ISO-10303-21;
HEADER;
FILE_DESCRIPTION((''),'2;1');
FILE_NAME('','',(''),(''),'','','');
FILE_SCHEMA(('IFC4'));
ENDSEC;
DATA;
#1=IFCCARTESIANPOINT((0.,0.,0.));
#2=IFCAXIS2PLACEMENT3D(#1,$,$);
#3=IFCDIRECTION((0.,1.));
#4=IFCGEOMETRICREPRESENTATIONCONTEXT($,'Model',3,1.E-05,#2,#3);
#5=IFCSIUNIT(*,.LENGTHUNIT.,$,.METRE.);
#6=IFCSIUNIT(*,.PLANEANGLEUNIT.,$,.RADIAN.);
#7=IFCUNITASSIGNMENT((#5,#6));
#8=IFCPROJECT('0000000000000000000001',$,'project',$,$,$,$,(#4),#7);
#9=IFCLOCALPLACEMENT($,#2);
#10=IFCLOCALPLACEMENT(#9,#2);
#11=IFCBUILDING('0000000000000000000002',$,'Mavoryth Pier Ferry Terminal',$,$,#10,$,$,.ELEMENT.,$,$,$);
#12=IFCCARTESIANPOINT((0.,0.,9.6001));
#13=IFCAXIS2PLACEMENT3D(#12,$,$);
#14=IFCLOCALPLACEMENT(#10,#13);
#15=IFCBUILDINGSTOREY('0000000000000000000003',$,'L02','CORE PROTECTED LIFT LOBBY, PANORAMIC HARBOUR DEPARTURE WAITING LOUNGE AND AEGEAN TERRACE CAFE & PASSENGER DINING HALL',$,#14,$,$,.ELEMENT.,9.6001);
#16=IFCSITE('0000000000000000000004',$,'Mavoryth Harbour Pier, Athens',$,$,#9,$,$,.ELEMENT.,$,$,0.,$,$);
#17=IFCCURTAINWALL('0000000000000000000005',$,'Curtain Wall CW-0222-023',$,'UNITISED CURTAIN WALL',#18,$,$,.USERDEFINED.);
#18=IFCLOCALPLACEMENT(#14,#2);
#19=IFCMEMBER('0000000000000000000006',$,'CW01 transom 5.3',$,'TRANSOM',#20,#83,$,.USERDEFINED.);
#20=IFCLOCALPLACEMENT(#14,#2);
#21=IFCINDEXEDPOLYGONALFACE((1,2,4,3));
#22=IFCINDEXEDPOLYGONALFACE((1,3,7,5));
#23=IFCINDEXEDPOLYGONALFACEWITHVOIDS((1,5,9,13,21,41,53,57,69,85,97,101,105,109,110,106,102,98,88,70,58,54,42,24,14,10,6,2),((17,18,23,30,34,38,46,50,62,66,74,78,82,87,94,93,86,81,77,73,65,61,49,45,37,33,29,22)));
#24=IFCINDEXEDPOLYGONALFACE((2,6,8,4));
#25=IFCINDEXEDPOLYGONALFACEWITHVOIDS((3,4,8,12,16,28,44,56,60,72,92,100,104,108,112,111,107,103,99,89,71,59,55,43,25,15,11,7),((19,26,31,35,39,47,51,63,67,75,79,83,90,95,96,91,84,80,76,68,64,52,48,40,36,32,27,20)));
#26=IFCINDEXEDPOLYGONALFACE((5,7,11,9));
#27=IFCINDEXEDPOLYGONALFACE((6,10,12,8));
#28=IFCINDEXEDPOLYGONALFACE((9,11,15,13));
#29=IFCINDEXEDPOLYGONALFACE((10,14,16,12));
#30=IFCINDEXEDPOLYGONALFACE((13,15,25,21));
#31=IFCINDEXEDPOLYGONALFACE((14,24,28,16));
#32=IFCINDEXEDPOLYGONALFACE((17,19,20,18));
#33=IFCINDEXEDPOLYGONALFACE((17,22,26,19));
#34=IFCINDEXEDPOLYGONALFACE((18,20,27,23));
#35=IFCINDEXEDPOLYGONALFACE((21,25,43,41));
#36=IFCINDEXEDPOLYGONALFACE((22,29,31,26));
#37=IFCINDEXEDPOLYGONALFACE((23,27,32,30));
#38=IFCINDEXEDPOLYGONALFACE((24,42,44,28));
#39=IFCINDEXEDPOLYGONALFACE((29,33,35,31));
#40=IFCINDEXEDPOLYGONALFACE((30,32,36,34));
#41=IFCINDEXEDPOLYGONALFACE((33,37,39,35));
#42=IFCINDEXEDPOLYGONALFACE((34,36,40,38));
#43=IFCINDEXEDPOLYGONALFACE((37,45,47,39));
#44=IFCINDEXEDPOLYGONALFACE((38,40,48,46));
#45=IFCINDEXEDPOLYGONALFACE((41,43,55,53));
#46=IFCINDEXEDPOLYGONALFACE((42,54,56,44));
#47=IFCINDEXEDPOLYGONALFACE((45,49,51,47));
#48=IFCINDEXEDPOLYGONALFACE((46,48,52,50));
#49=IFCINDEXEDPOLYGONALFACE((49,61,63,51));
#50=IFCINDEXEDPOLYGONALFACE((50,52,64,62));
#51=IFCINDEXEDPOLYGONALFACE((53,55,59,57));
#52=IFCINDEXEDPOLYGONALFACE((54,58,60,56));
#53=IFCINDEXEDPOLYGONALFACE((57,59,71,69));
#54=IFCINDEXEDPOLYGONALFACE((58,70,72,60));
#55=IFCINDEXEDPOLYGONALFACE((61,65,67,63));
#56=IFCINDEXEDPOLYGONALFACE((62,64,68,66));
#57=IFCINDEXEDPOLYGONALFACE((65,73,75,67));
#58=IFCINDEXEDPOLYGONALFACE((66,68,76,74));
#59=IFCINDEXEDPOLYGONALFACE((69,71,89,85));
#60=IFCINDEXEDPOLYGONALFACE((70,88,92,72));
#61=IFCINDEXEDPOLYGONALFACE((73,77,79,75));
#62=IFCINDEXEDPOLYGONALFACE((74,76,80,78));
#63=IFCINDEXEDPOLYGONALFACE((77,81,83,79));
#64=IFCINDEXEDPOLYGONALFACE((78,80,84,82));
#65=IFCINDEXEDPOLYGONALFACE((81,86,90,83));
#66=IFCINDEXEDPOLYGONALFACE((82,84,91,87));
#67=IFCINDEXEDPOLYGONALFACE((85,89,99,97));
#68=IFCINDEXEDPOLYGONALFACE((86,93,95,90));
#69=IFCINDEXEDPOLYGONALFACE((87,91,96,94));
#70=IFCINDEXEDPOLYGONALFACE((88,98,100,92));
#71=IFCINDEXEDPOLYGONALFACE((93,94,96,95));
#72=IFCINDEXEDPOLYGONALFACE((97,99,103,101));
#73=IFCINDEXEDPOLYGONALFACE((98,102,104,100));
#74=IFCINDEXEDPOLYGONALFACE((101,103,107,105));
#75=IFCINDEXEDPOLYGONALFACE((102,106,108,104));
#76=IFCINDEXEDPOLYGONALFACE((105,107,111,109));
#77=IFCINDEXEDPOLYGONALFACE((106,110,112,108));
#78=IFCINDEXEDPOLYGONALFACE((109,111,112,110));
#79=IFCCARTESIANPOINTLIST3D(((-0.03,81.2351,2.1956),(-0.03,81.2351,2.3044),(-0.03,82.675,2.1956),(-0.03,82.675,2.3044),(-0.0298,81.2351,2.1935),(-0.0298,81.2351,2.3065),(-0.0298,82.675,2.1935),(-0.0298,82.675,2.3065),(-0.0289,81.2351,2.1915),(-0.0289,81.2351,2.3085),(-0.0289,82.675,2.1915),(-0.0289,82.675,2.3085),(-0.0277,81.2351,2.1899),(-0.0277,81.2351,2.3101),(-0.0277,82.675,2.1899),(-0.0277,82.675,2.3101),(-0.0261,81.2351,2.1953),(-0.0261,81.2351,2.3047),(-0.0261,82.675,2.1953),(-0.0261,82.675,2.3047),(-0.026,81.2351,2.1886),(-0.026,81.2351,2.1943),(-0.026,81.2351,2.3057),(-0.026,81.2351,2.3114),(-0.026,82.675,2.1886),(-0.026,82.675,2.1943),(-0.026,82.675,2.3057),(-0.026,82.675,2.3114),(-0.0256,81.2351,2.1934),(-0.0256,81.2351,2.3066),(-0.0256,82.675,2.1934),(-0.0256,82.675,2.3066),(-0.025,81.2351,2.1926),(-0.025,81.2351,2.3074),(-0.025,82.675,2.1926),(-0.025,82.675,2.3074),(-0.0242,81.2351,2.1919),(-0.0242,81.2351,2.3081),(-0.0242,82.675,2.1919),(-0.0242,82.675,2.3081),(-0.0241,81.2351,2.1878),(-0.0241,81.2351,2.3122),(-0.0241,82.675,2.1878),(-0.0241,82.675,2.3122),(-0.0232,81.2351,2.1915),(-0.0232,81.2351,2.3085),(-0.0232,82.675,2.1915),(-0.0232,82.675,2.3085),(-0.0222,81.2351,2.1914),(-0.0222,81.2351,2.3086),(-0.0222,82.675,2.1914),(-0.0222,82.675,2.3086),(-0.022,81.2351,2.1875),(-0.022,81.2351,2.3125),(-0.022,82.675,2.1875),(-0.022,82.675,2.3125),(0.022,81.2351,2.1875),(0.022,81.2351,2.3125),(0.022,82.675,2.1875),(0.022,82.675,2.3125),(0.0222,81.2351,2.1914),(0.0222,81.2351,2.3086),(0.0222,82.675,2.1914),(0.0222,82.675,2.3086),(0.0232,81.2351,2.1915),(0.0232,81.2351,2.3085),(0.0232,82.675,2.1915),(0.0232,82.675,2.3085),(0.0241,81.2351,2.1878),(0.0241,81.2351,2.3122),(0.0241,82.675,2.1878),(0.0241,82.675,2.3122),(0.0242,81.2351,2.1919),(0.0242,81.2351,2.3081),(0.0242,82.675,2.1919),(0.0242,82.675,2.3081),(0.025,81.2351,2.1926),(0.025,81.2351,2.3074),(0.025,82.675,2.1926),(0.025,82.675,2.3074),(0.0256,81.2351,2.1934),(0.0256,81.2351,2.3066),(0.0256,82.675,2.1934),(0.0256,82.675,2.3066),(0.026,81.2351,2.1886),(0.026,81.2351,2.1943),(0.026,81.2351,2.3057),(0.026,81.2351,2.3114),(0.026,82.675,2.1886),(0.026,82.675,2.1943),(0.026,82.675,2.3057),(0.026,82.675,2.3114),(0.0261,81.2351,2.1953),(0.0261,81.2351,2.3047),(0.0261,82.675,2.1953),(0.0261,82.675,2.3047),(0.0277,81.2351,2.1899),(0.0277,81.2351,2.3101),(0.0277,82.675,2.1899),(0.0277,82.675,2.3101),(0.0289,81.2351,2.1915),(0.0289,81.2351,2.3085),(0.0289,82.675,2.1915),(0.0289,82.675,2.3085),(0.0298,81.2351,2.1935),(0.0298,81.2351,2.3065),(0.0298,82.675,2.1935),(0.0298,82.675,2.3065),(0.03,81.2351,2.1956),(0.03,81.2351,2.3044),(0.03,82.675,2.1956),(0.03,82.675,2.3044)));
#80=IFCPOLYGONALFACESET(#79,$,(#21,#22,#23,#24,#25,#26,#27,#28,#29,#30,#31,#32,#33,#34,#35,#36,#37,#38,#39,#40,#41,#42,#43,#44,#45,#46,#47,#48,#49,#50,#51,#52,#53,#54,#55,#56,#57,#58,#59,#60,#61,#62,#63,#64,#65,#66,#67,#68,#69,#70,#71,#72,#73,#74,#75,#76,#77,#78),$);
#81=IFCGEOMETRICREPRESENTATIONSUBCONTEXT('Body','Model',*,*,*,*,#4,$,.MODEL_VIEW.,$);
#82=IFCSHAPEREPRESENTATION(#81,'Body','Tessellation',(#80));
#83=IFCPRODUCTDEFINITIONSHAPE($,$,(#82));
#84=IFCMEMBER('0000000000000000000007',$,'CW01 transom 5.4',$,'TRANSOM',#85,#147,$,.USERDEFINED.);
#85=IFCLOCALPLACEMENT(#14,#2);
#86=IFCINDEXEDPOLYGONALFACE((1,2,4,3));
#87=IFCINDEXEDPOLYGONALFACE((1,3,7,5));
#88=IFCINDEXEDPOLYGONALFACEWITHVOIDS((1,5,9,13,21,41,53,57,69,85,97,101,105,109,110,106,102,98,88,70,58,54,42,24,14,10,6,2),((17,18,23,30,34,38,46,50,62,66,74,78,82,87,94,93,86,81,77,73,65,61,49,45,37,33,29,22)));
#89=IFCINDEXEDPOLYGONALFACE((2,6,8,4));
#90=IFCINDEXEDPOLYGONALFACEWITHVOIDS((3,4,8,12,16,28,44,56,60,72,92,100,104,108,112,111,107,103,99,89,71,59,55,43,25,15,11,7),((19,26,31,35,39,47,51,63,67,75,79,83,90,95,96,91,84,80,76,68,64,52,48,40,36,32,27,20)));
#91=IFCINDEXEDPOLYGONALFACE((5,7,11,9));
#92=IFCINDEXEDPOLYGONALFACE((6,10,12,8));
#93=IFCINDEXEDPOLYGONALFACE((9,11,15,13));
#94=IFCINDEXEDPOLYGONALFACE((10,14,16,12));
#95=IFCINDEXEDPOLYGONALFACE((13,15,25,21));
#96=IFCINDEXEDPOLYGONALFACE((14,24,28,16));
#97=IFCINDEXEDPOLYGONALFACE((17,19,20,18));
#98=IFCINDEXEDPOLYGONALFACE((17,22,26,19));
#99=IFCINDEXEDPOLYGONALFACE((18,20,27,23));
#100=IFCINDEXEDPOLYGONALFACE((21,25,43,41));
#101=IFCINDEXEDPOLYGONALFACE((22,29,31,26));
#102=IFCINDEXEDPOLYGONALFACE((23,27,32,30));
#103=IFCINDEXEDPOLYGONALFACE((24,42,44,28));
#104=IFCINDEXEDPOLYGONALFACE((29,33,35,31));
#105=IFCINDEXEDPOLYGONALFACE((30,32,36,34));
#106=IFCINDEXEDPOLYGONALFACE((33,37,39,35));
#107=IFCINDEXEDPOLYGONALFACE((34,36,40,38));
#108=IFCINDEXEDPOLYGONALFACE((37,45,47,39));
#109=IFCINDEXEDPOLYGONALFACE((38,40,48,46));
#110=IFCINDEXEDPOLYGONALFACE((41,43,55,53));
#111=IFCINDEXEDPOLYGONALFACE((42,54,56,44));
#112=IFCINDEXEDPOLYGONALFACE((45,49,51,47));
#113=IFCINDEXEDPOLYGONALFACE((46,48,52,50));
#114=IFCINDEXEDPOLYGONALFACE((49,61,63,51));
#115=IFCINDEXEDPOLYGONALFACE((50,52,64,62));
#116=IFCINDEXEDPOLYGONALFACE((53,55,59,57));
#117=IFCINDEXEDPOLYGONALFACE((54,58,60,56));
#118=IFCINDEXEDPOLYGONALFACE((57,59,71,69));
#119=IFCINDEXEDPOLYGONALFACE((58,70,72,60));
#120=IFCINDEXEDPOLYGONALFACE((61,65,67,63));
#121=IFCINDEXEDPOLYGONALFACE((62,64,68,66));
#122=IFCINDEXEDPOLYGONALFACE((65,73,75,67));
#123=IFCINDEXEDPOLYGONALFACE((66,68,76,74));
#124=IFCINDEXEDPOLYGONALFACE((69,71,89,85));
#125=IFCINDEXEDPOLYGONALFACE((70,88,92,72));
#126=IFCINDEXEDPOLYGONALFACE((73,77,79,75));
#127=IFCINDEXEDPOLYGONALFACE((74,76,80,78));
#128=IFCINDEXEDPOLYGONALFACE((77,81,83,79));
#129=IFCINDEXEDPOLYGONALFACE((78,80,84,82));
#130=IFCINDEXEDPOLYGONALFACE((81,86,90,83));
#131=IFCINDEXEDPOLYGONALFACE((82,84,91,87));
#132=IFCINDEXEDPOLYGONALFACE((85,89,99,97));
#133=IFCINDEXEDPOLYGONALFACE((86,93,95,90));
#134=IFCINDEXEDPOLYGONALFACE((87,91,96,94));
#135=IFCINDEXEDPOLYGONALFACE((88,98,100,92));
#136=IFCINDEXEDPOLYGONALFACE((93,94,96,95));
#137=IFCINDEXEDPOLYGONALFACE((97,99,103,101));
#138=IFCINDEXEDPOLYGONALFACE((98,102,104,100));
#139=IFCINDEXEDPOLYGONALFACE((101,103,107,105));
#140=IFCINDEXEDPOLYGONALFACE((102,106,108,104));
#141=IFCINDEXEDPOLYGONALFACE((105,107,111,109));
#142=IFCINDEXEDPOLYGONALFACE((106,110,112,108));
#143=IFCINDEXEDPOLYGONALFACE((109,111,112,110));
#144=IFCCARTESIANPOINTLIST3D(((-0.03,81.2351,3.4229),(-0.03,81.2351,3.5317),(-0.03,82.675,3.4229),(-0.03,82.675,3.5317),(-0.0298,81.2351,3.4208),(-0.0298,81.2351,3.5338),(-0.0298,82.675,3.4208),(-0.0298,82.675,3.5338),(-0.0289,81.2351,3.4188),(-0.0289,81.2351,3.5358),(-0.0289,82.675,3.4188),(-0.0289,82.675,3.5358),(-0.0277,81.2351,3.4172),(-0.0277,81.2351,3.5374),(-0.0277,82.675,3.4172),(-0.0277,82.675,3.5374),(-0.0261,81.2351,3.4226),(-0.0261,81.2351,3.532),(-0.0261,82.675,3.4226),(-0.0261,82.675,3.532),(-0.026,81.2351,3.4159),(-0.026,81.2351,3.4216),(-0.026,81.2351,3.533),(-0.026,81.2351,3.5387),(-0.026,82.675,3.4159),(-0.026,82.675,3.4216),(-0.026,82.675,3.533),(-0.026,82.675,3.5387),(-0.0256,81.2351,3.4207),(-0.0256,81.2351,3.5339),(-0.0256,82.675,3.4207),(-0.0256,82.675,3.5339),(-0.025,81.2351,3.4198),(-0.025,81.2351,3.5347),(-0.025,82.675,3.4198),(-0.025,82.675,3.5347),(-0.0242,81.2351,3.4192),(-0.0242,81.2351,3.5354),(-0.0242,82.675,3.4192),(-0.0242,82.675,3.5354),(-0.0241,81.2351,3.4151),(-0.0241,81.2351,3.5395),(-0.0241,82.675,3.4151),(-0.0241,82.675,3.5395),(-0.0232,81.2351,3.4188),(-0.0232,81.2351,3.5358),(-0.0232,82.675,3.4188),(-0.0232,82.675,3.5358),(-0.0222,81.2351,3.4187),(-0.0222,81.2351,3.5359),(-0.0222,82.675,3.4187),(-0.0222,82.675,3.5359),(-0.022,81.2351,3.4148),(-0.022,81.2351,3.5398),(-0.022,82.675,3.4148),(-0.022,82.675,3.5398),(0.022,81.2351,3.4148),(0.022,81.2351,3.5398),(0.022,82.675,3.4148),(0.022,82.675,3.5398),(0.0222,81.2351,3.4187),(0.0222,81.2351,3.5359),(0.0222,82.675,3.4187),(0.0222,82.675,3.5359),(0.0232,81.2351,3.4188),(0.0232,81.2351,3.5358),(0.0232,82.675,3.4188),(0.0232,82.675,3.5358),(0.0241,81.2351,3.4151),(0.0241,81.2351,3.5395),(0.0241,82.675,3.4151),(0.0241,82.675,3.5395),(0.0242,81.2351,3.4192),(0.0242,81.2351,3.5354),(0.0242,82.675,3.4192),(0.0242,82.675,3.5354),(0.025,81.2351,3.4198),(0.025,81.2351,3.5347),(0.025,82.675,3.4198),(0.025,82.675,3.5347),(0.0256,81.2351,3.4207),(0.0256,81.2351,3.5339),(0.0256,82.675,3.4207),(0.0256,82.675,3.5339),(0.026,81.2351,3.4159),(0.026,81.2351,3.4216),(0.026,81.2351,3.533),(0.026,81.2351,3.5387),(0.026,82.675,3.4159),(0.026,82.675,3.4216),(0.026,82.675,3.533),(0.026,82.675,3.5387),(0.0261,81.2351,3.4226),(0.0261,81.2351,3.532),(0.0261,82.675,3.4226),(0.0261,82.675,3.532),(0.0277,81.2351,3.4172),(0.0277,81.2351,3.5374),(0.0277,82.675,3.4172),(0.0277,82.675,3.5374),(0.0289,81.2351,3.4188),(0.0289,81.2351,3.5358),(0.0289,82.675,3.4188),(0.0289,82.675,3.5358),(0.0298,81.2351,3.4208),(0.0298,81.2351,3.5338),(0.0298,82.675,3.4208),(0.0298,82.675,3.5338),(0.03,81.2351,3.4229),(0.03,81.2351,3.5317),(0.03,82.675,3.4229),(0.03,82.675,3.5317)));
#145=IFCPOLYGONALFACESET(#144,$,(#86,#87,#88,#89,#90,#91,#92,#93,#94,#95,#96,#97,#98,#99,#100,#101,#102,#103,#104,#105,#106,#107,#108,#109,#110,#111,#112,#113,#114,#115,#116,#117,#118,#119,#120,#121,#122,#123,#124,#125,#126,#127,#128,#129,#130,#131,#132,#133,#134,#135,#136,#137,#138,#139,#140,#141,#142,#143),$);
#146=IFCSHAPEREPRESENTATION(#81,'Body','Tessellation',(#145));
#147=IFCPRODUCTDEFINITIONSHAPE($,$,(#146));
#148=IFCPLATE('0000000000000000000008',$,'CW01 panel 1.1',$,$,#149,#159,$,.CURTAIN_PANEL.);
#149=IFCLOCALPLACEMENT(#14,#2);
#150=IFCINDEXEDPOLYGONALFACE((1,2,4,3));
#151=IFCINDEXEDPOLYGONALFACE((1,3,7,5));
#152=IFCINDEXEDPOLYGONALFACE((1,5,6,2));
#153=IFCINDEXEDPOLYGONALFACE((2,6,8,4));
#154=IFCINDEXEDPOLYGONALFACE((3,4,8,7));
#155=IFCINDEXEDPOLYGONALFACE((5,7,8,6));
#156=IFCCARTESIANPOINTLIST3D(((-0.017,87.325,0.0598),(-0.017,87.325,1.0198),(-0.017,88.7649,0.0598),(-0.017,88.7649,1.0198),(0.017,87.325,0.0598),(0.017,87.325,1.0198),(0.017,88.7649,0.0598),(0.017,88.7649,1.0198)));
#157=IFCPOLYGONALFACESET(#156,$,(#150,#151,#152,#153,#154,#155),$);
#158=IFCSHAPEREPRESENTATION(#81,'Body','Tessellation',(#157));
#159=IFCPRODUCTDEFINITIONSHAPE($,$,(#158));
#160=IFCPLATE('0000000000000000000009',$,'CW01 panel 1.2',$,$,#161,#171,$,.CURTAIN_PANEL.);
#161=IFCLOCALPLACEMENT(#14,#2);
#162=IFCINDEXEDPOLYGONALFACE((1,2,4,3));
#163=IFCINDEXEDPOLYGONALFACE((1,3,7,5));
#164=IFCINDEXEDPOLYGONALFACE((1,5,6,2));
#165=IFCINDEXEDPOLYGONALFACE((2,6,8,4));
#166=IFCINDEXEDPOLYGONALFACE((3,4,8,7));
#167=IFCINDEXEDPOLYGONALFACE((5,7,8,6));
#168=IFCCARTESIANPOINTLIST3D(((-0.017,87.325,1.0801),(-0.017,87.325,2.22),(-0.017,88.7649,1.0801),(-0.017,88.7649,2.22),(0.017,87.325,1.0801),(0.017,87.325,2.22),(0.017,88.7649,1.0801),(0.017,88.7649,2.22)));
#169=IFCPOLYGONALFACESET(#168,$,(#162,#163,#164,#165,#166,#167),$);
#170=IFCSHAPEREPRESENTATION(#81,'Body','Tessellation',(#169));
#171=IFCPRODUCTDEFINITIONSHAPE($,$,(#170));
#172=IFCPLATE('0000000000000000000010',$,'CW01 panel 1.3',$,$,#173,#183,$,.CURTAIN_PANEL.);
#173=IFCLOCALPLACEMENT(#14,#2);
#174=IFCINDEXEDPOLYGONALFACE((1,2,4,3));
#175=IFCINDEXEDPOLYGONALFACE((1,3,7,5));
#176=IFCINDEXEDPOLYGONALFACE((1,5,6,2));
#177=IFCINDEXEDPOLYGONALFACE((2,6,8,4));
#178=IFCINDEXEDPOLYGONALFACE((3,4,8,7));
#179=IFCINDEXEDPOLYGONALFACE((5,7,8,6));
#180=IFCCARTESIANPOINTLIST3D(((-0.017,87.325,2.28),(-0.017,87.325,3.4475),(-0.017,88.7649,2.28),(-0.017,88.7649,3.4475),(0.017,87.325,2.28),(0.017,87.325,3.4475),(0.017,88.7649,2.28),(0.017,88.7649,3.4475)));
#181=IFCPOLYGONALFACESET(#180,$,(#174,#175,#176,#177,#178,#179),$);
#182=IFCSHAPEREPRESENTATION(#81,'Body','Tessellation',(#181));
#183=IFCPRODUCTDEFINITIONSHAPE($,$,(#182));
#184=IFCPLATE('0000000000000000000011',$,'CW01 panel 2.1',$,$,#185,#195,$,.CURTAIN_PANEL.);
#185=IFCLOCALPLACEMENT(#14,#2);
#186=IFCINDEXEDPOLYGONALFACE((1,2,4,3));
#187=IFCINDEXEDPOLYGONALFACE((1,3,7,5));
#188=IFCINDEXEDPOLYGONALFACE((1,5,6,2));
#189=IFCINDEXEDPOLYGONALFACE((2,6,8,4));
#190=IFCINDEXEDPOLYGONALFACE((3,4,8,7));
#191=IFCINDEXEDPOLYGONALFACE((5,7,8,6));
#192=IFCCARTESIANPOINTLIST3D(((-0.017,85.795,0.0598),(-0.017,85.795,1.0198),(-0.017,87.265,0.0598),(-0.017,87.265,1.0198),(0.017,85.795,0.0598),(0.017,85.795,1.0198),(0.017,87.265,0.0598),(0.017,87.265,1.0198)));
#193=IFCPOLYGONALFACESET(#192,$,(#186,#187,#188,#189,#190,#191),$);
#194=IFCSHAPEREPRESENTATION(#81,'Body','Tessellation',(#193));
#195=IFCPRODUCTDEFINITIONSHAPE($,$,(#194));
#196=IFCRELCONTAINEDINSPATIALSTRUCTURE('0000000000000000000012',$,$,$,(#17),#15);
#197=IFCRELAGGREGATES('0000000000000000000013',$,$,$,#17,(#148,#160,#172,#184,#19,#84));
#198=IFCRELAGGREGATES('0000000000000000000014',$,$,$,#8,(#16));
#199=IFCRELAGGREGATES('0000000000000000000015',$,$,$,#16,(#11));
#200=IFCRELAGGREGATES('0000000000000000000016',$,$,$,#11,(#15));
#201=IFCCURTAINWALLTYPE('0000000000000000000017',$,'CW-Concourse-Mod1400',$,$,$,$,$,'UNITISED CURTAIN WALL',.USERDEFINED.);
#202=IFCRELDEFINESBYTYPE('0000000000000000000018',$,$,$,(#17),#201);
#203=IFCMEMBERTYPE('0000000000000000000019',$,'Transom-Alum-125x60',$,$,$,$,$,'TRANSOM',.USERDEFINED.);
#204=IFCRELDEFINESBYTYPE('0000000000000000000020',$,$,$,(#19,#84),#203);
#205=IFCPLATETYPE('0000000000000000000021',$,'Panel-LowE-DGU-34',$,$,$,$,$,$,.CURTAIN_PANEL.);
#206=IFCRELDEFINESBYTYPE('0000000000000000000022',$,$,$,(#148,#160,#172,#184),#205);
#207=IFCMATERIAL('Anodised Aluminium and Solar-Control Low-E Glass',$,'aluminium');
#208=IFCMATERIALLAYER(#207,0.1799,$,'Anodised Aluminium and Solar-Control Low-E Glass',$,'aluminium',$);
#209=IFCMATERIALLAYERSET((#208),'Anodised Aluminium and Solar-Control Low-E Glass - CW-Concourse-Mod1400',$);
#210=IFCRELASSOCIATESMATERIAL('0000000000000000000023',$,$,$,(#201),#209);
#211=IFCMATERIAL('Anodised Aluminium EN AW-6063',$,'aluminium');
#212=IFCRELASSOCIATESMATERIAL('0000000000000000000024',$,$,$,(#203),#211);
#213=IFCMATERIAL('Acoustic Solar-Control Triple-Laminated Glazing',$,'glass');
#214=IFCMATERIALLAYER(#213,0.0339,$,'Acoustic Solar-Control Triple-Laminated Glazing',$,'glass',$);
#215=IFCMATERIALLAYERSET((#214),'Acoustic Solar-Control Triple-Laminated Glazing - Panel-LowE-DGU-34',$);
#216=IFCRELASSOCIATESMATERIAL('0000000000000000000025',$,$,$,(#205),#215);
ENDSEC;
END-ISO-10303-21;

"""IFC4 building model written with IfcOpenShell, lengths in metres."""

from ifc_helpers import new_model, si_unit, direction, frame, origin, origin_2d, place, context, subcontext, project, spatial, rectangle, hollow_rectangle, extrude, material, layer, layer_set, material_profile, profile_set, type_object, element, aggregate, save


model = new_model("IFC4")

# Units and contexts
model_context = context("Model", 3, precision=1e-05, world=origin(), true_north=direction((0.0, 1.0)))
body_context = subcontext(model_context, "Body", "Model", "MODEL_VIEW")
ifc_project = project(units=[si_unit("LENGTHUNIT", "METRE"), si_unit("PLANEANGLEUNIT", "RADIAN")], contexts=[model_context])

# Site, building, storey
site_placement = place(None, origin())
site = spatial("IfcSite", under=ifc_project, at=site_placement, Name="Mavoryth Harbour Pier, Athens", CompositionType="ELEMENT", RefElevation=0.0)
building_placement = place(site_placement, origin())
building = spatial("IfcBuilding", under=site, at=building_placement, Name="Mavoryth Pier Ferry Terminal", CompositionType="ELEMENT")
storey_placement = place(building_placement, frame((0.0, 0.0, 9.6001)))
storey = spatial("IfcBuildingStorey", under=building, at=storey_placement, Name="L02", Description="CORE PROTECTED LIFT LOBBY, PANORAMIC HARBOUR DEPARTURE WAITING LOUNGE AND AEGEAN TERRACE CAFE & PASSENGER DINING HALL", CompositionType="ELEMENT", Elevation=9.6001)

# Curtain wall
ifc_material_1 = material(Name="Anodised Aluminium and Solar-Control Low-E Glass", Category="aluminium")
ifc_layer_1 = layer(ifc_material_1, 0.1799, Name="Anodised Aluminium and Solar-Control Low-E Glass", Category="aluminium")
ifc_layer_set_1 = layer_set([ifc_layer_1], Name="Anodised Aluminium and Solar-Control Low-E Glass - CW-Concourse-Mod1400")
curtain_wall_type = type_object("IfcCurtainWallType", Name="CW-Concourse-Mod1400", ElementType="UNITISED CURTAIN WALL", PredefinedType="USERDEFINED", material=ifc_layer_set_1)
curtain_wall_placement = place(storey_placement, origin())
curtain_wall = element("IfcCurtainWall", 1, at=curtain_wall_placement, inside=storey, type_object=curtain_wall_type, Name="Curtain Wall CW-0222-023", ObjectType="UNITISED CURTAIN WALL", PredefinedType="USERDEFINED")
ifc_material_2 = material(Name="Anodised Aluminium EN AW-6063", Category="aluminium")

# Members
ifc_material_profile_1 = material_profile(ifc_material_2, hollow_rectangle(XDim=0.0601, YDim=0.125, WallThickness=0.0039, InnerFilletRadius=0.0039, OuterFilletRadius=0.0081, at=origin_2d()), Name="AL-TRAN 125x60x4", Category="aluminium")
ifc_profile_set_1 = profile_set([ifc_material_profile_1], Name="Anodised Aluminium EN AW-6063 - AL-TRAN 125x60x4")
member_type_1 = type_object("IfcMemberType", Name="Transom-Alum-125x60", ElementType="TRANSOM", PredefinedType="USERDEFINED", material=ifc_profile_set_1)
member_1_placement = place(storey_placement, frame((0.0, 82.675, 2.25), z_axis=(0.0, -1.0, 0.0), x_axis=(1.0, 0.0, 0.0)))
member_1 = element("IfcMember", 2, at=member_1_placement, type_object=member_type_1, Name="CW01 transom 5.3", ObjectType="TRANSOM", PredefinedType="USERDEFINED", context=body_context, shape_type="SweptSolid", body=[
    extrude(hollow_rectangle(XDim=0.0601, YDim=0.125, WallThickness=0.0039, InnerFilletRadius=0.0039, OuterFilletRadius=0.0081, at=origin_2d()), origin(), (0.0, 0.0, 1.0), 1.4399),
])
member_2_placement = place(storey_placement, frame((0.0, 82.675, 3.4773), z_axis=(0.0, -1.0, 0.0), x_axis=(1.0, 0.0, 0.0)))
member_2 = element("IfcMember", 3, at=member_2_placement, type_object=member_type_1, Name="CW01 transom 5.4", ObjectType="TRANSOM", PredefinedType="USERDEFINED", context=body_context, shape_type="SweptSolid", body=[
    extrude(hollow_rectangle(XDim=0.0601, YDim=0.125, WallThickness=0.0039, InnerFilletRadius=0.0039, OuterFilletRadius=0.0081, at=origin_2d()), origin(), (0.0, 0.0, 1.0), 1.4399),
])

# Plates
ifc_material_3 = material(Name="Acoustic Solar-Control Triple-Laminated Glazing", Category="glass")
ifc_layer_2 = layer(ifc_material_3, 0.0339, Name="Acoustic Solar-Control Triple-Laminated Glazing", Category="glass")
ifc_layer_set_2 = layer_set([ifc_layer_2], Name="Acoustic Solar-Control Triple-Laminated Glazing - Panel-LowE-DGU-34")
plate_type = type_object("IfcPlateType", Name="Panel-LowE-DGU-34", PredefinedType="CURTAIN_PANEL", material=ifc_layer_set_2)
plate_1_placement = place(storey_placement, frame((0.0, 88.0449, 0.0598), z_axis=(0.0, 0.0, 1.0), x_axis=(0.0, -1.0, 0.0)))
plate_1 = element("IfcPlate", 4, at=plate_1_placement, type_object=plate_type, Name="CW01 panel 1.1", PredefinedType="CURTAIN_PANEL", context=body_context, shape_type="SweptSolid", body=[
    extrude(rectangle(XDim=1.4399, YDim=0.0339, at=origin_2d()), origin(), (0.0, 0.0, 1.0), 0.96),
])
plate_2_placement = place(storey_placement, frame((0.0, 88.0449, 1.0801), z_axis=(0.0, 0.0, 1.0), x_axis=(0.0, -1.0, 0.0)))
plate_2 = element("IfcPlate", 5, at=plate_2_placement, type_object=plate_type, Name="CW01 panel 1.2", PredefinedType="CURTAIN_PANEL", context=body_context, shape_type="SweptSolid", body=[
    extrude(rectangle(XDim=1.4399, YDim=0.0339, at=origin_2d()), origin(), (0.0, 0.0, 1.0), 1.1399),
])
plate_3_placement = place(storey_placement, frame((0.0, 88.0449, 2.28), z_axis=(0.0, 0.0, 1.0), x_axis=(0.0, -1.0, 0.0)))
plate_3 = element("IfcPlate", 6, at=plate_3_placement, type_object=plate_type, Name="CW01 panel 1.3", PredefinedType="CURTAIN_PANEL", context=body_context, shape_type="SweptSolid", body=[
    extrude(rectangle(XDim=1.4399, YDim=0.0339, at=origin_2d()), origin(), (0.0, 0.0, 1.0), 1.1675),
])
plate_4_placement = place(storey_placement, frame((0.0, 86.53, 0.0598), z_axis=(0.0, 0.0, 1.0), x_axis=(0.0, -1.0, 0.0)))
plate_4 = element("IfcPlate", 7, at=plate_4_placement, type_object=plate_type, Name="CW01 panel 2.1", PredefinedType="CURTAIN_PANEL", context=body_context, shape_type="SweptSolid", body=[
    extrude(rectangle(XDim=1.47, YDim=0.0339, at=origin_2d()), origin(), (0.0, 0.0, 1.0), 0.96),
])
aggregate(curtain_wall, [plate_1, plate_2, plate_3, plate_4, member_1, member_2])

save(model, "model.ifc")
